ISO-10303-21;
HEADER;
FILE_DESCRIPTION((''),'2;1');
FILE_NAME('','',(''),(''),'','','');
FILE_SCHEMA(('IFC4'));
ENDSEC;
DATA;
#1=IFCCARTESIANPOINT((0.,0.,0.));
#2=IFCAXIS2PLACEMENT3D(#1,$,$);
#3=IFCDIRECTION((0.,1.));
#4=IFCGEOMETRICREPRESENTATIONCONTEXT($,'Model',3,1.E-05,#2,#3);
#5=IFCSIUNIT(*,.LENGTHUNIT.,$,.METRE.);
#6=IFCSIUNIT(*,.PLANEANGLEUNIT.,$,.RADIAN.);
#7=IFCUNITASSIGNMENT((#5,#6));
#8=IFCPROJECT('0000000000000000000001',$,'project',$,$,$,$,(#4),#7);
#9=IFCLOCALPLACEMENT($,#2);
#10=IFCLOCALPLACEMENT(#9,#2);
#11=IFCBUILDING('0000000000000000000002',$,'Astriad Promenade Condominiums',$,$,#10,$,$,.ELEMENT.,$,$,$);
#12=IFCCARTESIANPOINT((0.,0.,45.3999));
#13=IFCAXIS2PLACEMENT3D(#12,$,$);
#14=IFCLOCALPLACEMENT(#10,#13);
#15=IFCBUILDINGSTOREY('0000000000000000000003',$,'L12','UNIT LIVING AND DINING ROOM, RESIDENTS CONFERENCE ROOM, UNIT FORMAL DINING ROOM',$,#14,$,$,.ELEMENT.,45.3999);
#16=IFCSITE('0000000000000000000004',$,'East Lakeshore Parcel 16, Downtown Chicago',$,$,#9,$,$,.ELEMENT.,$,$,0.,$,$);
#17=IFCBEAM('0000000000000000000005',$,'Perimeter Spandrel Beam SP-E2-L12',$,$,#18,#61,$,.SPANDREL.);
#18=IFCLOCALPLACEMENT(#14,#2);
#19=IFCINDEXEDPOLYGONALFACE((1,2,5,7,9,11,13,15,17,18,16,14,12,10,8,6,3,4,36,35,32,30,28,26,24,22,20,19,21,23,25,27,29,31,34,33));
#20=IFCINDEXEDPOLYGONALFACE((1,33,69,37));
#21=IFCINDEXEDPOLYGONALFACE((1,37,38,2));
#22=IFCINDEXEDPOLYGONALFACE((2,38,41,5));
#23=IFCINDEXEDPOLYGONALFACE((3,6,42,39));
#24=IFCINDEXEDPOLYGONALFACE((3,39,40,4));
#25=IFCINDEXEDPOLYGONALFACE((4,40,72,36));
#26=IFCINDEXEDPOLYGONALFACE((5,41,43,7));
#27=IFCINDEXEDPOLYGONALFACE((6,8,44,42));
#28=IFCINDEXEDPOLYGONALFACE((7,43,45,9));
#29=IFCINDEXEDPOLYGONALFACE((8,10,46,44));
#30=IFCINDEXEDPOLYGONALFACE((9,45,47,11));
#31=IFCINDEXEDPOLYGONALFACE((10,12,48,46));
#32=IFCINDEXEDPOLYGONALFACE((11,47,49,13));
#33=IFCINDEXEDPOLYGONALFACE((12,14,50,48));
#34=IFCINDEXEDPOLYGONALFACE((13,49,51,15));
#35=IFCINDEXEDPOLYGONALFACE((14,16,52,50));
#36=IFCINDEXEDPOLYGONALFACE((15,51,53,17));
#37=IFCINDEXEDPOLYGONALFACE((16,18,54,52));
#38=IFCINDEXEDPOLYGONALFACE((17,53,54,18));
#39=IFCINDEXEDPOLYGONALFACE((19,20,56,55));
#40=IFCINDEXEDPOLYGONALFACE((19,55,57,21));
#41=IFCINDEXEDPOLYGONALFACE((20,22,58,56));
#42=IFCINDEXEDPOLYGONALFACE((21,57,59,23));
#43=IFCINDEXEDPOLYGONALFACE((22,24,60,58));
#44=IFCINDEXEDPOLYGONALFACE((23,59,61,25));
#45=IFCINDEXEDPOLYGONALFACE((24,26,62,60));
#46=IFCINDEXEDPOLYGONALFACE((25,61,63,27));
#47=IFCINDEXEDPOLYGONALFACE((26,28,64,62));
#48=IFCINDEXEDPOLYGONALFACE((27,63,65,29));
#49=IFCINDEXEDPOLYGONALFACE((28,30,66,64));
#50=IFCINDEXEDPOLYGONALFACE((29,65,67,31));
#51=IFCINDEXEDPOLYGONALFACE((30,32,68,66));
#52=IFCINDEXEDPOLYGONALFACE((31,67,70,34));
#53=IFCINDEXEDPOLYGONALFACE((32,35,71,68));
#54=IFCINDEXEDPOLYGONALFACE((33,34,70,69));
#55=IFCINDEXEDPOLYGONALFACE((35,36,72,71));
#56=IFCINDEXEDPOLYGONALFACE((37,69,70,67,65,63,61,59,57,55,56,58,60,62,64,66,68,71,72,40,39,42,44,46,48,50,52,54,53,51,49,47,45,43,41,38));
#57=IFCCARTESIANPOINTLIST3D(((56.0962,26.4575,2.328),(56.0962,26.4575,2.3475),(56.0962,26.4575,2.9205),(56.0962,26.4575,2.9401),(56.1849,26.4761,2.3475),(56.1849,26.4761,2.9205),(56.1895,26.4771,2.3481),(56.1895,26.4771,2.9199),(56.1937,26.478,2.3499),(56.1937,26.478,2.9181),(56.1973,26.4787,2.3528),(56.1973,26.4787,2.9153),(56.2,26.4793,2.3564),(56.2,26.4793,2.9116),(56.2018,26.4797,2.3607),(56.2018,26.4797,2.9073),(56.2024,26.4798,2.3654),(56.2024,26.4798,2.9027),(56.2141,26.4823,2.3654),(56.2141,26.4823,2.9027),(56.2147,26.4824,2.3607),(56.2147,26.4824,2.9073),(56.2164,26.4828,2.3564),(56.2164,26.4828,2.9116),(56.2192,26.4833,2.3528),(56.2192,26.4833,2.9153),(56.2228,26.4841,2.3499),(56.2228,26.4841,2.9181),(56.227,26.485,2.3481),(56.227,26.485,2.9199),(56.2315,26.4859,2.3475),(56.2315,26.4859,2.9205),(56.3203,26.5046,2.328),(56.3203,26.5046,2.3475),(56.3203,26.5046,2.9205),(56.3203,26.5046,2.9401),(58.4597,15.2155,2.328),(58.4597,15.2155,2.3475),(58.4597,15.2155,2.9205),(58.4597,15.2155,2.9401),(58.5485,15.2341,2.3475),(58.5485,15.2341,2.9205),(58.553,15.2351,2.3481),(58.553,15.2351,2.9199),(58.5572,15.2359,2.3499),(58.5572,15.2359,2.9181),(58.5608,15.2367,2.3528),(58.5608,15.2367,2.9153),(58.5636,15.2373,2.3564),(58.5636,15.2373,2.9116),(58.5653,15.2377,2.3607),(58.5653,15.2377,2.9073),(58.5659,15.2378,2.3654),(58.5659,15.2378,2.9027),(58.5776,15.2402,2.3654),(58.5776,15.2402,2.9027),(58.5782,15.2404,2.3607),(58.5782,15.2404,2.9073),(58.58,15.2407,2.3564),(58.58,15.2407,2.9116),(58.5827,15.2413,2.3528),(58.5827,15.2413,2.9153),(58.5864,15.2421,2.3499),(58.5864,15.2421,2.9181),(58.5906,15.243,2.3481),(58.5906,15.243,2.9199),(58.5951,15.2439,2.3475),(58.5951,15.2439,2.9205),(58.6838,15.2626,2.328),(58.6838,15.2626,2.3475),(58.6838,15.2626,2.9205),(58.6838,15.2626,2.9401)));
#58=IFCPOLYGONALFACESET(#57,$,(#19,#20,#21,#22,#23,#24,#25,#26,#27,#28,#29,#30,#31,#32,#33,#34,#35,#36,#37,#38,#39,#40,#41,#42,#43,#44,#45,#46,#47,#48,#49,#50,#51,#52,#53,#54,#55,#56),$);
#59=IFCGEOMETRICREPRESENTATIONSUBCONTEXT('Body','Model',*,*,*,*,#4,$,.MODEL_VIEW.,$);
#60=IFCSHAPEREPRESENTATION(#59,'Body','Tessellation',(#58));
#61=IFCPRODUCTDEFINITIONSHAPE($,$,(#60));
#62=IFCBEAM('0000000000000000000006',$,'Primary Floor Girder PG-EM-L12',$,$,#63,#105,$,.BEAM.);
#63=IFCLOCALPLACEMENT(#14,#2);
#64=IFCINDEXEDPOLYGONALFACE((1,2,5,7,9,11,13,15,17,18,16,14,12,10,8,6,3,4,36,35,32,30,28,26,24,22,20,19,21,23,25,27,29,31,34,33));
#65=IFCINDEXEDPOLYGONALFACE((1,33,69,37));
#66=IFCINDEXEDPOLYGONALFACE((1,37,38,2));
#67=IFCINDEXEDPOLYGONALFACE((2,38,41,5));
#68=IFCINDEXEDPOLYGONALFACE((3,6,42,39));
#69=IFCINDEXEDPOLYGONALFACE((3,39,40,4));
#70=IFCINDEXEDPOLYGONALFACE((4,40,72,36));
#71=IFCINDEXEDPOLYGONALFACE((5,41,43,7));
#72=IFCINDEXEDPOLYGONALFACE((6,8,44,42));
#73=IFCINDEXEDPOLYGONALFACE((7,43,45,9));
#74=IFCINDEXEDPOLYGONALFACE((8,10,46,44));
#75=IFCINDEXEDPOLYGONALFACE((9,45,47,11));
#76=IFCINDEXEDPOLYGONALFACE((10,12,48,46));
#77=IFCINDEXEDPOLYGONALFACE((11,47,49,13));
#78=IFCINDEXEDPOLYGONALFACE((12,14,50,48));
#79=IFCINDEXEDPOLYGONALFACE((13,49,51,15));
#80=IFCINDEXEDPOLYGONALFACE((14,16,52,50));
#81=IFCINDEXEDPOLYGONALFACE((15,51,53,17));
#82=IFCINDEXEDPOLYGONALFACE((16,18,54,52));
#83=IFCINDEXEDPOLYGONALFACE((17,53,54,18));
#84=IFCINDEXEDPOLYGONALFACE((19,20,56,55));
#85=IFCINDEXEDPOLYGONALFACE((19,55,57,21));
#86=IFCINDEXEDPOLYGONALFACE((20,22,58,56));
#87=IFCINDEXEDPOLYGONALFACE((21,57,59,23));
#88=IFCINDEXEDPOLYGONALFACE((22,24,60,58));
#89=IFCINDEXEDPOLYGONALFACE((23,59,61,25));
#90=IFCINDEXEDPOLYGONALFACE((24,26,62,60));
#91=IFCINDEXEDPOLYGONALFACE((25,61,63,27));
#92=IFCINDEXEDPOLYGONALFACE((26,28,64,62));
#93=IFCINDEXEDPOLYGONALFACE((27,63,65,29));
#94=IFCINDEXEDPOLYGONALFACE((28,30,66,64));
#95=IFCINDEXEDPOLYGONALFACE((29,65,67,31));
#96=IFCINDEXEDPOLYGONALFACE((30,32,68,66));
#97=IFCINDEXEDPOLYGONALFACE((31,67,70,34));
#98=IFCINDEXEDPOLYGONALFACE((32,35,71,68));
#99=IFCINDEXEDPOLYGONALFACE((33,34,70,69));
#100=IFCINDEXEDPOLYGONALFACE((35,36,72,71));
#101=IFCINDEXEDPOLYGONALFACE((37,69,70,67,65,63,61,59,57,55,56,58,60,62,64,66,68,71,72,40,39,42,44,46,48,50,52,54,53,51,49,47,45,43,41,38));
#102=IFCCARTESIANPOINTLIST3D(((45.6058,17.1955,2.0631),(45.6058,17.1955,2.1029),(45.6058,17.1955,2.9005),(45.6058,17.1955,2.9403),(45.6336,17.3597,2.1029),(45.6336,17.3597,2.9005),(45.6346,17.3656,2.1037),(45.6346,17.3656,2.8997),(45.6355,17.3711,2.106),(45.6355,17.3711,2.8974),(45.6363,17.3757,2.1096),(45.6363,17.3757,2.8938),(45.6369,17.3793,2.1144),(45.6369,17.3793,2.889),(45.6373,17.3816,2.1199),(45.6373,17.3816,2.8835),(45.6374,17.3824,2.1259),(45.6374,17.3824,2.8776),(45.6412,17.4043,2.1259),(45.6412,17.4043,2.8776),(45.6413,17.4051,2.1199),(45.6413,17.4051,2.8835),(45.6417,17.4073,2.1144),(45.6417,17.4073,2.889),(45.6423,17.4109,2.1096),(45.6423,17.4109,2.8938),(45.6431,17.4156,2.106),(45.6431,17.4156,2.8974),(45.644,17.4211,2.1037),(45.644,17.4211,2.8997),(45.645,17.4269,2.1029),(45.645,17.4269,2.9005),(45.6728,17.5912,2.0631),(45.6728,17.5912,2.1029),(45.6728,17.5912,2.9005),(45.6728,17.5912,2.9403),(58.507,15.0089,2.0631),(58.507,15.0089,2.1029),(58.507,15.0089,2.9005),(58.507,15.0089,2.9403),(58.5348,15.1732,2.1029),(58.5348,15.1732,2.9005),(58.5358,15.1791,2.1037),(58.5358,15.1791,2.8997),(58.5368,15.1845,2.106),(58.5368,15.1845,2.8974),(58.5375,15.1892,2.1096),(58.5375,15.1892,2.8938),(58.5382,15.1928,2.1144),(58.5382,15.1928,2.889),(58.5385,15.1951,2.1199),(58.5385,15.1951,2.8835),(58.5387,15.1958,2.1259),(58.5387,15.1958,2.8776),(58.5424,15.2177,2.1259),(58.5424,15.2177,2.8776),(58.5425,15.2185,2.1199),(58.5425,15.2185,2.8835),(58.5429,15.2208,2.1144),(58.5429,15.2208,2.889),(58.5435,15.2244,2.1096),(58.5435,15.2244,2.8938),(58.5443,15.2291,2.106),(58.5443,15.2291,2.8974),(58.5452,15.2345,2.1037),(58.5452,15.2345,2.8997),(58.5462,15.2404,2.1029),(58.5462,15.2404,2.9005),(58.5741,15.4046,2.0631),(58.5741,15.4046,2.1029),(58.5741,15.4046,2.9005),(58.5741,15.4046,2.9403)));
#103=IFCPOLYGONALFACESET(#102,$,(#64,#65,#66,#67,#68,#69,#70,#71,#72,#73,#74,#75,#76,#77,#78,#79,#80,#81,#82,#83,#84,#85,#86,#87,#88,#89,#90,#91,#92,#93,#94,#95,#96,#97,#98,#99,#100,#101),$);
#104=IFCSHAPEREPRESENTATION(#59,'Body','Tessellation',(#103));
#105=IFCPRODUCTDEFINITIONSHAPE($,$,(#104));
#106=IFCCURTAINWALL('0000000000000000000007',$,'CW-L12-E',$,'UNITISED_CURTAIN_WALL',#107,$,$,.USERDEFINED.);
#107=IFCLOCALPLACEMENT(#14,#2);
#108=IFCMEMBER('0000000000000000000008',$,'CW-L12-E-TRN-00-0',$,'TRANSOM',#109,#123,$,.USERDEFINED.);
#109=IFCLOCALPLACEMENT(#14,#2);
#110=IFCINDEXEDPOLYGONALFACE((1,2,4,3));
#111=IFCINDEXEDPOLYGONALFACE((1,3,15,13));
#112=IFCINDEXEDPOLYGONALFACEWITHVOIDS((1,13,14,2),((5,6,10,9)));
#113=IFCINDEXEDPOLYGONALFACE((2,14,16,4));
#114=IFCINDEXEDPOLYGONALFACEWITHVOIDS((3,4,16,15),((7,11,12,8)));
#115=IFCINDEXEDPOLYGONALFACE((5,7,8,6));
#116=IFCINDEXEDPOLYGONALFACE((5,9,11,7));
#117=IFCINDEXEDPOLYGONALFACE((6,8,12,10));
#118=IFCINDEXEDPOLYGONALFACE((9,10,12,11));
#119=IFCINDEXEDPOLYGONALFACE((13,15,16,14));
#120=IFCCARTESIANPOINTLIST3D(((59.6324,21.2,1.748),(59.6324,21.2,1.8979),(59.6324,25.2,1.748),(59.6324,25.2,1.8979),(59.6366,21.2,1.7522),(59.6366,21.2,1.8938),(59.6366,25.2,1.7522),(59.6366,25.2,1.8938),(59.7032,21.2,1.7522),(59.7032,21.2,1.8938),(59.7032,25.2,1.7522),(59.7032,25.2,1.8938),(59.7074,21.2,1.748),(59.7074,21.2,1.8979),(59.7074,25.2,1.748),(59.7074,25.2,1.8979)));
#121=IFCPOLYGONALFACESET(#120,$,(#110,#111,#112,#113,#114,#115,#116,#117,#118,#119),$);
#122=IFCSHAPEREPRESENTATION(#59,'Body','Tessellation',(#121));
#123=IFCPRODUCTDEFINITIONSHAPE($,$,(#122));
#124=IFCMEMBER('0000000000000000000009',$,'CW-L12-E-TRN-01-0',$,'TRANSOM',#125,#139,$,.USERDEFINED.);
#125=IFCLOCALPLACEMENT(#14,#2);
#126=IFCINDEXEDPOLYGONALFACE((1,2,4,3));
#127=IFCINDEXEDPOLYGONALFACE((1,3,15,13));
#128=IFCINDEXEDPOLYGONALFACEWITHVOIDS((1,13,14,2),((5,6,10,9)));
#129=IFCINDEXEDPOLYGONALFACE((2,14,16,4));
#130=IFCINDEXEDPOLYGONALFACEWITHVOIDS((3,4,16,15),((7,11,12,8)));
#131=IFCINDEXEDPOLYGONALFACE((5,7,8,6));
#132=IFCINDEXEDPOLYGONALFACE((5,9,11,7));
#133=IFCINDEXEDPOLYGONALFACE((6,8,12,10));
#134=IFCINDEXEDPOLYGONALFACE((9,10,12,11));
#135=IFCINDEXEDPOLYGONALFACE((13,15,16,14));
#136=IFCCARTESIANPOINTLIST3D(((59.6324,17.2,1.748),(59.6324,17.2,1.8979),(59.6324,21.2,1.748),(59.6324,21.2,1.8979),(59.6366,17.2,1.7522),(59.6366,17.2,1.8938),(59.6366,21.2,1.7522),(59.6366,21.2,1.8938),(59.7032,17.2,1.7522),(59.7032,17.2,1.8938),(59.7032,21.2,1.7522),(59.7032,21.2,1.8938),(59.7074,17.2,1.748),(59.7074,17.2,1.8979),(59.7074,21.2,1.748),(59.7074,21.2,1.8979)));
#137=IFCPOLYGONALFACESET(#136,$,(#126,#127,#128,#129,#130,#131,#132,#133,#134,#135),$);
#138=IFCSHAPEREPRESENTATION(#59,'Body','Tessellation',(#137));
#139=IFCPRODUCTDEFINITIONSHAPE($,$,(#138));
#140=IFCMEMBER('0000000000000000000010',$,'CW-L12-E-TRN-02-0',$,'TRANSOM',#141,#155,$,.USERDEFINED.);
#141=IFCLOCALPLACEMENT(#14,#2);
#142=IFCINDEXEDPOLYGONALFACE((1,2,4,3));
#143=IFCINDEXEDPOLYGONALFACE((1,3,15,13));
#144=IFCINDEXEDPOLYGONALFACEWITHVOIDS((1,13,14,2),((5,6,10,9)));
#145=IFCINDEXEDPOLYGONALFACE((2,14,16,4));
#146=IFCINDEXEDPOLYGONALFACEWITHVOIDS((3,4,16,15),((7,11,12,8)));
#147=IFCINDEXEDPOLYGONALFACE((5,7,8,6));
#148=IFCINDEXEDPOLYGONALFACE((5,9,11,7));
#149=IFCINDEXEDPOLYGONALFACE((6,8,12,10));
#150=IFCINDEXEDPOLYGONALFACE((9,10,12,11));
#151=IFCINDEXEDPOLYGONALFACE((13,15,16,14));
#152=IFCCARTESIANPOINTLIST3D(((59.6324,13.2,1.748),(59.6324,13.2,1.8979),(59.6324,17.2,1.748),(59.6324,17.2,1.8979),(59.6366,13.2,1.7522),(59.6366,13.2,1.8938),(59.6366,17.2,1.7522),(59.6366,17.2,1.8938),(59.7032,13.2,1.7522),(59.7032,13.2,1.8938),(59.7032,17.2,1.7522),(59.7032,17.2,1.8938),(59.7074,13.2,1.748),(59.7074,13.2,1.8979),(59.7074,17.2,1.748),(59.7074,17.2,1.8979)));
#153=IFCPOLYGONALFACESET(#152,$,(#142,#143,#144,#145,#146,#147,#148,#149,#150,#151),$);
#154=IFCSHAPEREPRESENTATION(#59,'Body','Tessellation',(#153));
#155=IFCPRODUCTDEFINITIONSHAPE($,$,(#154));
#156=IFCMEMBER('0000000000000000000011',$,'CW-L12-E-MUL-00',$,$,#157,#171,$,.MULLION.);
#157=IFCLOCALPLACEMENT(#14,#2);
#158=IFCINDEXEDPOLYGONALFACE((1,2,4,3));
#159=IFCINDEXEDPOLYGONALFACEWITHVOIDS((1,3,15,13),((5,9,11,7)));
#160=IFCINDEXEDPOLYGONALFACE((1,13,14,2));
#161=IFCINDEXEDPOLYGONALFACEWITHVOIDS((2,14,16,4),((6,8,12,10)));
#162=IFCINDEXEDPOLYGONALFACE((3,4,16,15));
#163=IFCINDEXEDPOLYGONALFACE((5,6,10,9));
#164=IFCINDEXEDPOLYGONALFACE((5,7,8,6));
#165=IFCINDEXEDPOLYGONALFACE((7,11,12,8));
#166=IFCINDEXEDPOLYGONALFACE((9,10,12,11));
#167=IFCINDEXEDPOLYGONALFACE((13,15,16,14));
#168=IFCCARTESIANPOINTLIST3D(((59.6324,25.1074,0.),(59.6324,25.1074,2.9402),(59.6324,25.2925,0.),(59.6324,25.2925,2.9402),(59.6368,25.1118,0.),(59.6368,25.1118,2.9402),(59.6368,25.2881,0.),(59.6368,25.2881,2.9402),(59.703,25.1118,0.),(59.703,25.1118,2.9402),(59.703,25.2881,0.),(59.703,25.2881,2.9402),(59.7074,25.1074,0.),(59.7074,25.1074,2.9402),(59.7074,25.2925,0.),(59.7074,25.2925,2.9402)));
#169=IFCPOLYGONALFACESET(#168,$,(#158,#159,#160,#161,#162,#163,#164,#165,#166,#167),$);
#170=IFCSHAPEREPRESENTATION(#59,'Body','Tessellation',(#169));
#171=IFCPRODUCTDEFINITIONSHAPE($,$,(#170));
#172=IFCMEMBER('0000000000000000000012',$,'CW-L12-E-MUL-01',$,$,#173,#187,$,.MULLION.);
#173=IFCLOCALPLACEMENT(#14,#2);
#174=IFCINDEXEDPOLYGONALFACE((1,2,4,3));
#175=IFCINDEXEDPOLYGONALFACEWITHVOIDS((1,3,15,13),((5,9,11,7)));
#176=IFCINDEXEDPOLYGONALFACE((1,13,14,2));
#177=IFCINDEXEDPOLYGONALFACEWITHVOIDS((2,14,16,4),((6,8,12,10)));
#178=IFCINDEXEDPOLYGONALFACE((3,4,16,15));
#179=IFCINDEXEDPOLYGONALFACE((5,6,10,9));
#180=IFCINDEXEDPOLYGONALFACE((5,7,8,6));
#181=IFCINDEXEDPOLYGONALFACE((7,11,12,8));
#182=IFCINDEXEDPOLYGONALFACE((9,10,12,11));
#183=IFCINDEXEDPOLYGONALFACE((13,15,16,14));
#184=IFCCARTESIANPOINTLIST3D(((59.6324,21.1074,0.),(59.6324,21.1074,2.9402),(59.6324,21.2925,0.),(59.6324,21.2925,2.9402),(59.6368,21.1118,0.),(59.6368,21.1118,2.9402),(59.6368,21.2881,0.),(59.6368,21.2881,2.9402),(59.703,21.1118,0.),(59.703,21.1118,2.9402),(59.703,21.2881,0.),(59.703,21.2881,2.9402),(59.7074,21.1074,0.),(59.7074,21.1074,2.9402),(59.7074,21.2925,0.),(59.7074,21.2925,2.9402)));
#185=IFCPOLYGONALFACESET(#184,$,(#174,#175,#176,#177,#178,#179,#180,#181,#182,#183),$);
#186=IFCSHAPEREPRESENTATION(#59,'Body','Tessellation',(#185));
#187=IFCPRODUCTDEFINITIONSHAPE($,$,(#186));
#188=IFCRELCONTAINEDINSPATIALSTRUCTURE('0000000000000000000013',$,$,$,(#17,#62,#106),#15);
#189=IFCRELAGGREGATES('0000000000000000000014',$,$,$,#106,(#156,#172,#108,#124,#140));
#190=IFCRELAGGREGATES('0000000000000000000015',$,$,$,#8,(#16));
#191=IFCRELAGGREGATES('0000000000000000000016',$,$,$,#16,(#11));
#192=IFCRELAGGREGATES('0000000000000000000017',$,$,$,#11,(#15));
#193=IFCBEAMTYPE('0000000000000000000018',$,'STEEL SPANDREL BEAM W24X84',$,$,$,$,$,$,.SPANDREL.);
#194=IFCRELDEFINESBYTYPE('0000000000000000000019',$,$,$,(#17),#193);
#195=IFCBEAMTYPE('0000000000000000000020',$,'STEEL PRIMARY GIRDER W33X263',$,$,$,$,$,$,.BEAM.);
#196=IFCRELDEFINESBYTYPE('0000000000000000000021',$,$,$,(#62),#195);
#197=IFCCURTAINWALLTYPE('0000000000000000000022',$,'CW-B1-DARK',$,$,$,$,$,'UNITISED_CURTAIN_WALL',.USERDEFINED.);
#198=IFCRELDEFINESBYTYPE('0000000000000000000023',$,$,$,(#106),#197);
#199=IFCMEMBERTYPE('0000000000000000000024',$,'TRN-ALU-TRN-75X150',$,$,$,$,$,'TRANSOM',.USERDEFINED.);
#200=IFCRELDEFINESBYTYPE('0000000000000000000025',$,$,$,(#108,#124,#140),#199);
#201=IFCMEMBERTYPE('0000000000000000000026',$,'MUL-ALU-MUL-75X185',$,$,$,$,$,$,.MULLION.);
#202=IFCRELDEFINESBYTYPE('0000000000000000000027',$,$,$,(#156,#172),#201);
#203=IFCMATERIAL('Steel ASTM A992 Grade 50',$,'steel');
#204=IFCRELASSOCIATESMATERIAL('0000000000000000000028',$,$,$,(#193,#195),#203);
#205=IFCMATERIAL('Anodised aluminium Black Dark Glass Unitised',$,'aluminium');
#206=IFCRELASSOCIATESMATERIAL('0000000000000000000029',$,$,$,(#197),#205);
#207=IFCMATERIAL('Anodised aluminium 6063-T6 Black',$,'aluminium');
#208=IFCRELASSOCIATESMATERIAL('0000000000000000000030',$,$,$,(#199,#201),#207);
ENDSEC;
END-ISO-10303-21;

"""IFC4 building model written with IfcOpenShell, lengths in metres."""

from ifc_helpers import new_model, si_unit, direction, frame, origin, origin_2d, place, context, subcontext, project, spatial, hollow_rectangle, i_section, extrude, source, transform, mapped, material, material_profile, profile_set, type_object, type_shapes, element, aggregate, save


model = new_model("IFC4")

# Units and contexts
model_context = context("Model", 3, precision=1e-05, world=origin(), true_north=direction((0.0, 1.0)))
body_context = subcontext(model_context, "Body", "Model", "MODEL_VIEW")
ifc_project = project(units=[si_unit("LENGTHUNIT", "METRE"), si_unit("PLANEANGLEUNIT", "RADIAN")], contexts=[model_context])

# Site, building, storey
site_placement = place(None, origin())
site = spatial("IfcSite", under=ifc_project, at=site_placement, Name="East Lakeshore Parcel 16, Downtown Chicago", CompositionType="ELEMENT", RefElevation=0.0)
building_placement = place(site_placement, origin())
building = spatial("IfcBuilding", under=site, at=building_placement, Name="Astriad Promenade Condominiums", CompositionType="ELEMENT")
storey_placement = place(building_placement, frame((0.0, 0.0, 45.3999)))
storey = spatial("IfcBuildingStorey", under=building, at=storey_placement, Name="L12", Description="UNIT LIVING AND DINING ROOM, RESIDENTS CONFERENCE ROOM, UNIT FORMAL DINING ROOM", CompositionType="ELEMENT", Elevation=45.3999)

# Beams
ifc_material_1 = material(Name="Steel ASTM A992 Grade 50", Category="steel")
ifc_material_profile_1 = material_profile(ifc_material_1, i_section(OverallWidth=0.229, OverallDepth=0.6121, WebThickness=0.012, FlangeThickness=0.0195, FilletRadius=0.0178, at=origin_2d()), Name="W24X84")
ifc_profile_set_1 = profile_set([ifc_material_profile_1], Name="Steel ASTM A992 Grade 50")
beam_type_1 = type_object("IfcBeamType", Name="STEEL SPANDREL BEAM W24X84", PredefinedType="SPANDREL", material=ifc_profile_set_1)
shared_shape_1 = source(origin(), body_context, "Body", "SweptSolid", [
    extrude(i_section(OverallWidth=0.229, OverallDepth=0.6121, WebThickness=0.012, FlangeThickness=0.0195, FilletRadius=0.0178, at=origin_2d()), origin(), (0.0, 0.0, 1.0), 11.4878),
])
type_shapes(beam_type_1, [shared_shape_1])
beam_1_placement = place(storey_placement, frame((58.5718, 15.239, 2.634), z_axis=(-0.205744, 0.978606, 0.0), x_axis=(-0.978606, -0.205744, 0.0)))
element("IfcBeam", 1, at=beam_1_placement, inside=storey, type_object=beam_type_1, Name="Perimeter Spandrel Beam SP-E2-L12", PredefinedType="SPANDREL", context=body_context, shape_type="MappedRepresentation", body=[
    mapped(shared_shape_1, transform((0.0, 0.0, 0.0), scale=1.0)),
])
ifc_material_profile_2 = material_profile(ifc_material_1, i_section(OverallWidth=0.4014, OverallDepth=0.8772, WebThickness=0.0222, FlangeThickness=0.0398, FilletRadius=0.0229, at=origin_2d()), Name="W33X263")
ifc_profile_set_2 = profile_set([ifc_material_profile_2], Name="Steel ASTM A992 Grade 50")
beam_type_2 = type_object("IfcBeamType", Name="STEEL PRIMARY GIRDER W33X263", PredefinedType="BEAM", material=ifc_profile_set_2)
shared_shape_2 = source(origin(), body_context, "Body", "SweptSolid", [
    extrude(i_section(OverallWidth=0.4014, OverallDepth=0.8772, WebThickness=0.0222, FlangeThickness=0.0398, FilletRadius=0.0229, at=origin_2d()), origin(), (0.0, 0.0, 1.0), 13.0852),
])
type_shapes(beam_type_2, [shared_shape_2])
beam_2_placement = place(storey_placement, frame((58.5405, 15.2068, 2.5017), z_axis=(-0.98594, 0.1671, 0.0), x_axis=(-0.1671, -0.98594, 0.0)))
element("IfcBeam", 2, at=beam_2_placement, inside=storey, type_object=beam_type_2, Name="Primary Floor Girder PG-EM-L12", PredefinedType="BEAM", context=body_context, shape_type="MappedRepresentation", body=[
    mapped(shared_shape_2, transform((0.0, 0.0, 0.0), scale=1.0)),
])

# Curtain wall, members
ifc_material_2 = material(Name="Anodised aluminium Black Dark Glass Unitised", Category="aluminium")
curtain_wall_type = type_object("IfcCurtainWallType", Name="CW-B1-DARK", ElementType="UNITISED_CURTAIN_WALL", PredefinedType="USERDEFINED", material=ifc_material_2)
curtain_wall_placement = place(storey_placement, origin())
curtain_wall = element("IfcCurtainWall", 3, at=curtain_wall_placement, inside=storey, type_object=curtain_wall_type, Name="CW-L12-E", ObjectType="UNITISED_CURTAIN_WALL", PredefinedType="USERDEFINED")
ifc_material_3 = material(Name="Anodised aluminium 6063-T6 Black", Category="aluminium")
ifc_material_profile_3 = material_profile(ifc_material_3, hollow_rectangle(XDim=0.075, YDim=0.1499, WallThickness=0.0042, at=origin_2d()), Name="ALU-TRN-75X150")
ifc_profile_set_3 = profile_set([ifc_material_profile_3], Name="Anodised aluminium 6063-T6 Black")
member_type_1 = type_object("IfcMemberType", Name="TRN-ALU-TRN-75X150", ElementType="TRANSOM", PredefinedType="USERDEFINED", material=ifc_profile_set_3)
shared_shape_3 = source(origin(), body_context, "Body", "SweptSolid", [
    extrude(hollow_rectangle(XDim=0.075, YDim=0.1499, WallThickness=0.0042, at=origin_2d()), origin(), (0.0, 0.0, 1.0), 4.0),
])
type_shapes(member_type_1, [shared_shape_3])
member_1_placement = place(storey_placement, frame((59.6699, 25.2, 1.823), z_axis=(0.0, -1.0, 0.0), x_axis=(1.0, 0.0, 0.0)))
member_1 = element("IfcMember", 4, at=member_1_placement, type_object=member_type_1, Name="CW-L12-E-TRN-00-0", ObjectType="TRANSOM", PredefinedType="USERDEFINED", context=body_context, shape_type="MappedRepresentation", body=[
    mapped(shared_shape_3, transform((0.0, 0.0, 0.0), scale=1.0)),
])
member_2_placement = place(storey_placement, frame((59.6699, 21.2, 1.823), z_axis=(0.0, -1.0, 0.0), x_axis=(1.0, 0.0, 0.0)))
member_2 = element("IfcMember", 5, at=member_2_placement, type_object=member_type_1, Name="CW-L12-E-TRN-01-0", ObjectType="TRANSOM", PredefinedType="USERDEFINED", context=body_context, shape_type="MappedRepresentation", body=[
    mapped(shared_shape_3, transform((0.0, 0.0, 0.0), scale=1.0)),
])
member_3_placement = place(storey_placement, frame((59.6699, 17.2, 1.823), z_axis=(0.0, -1.0, 0.0), x_axis=(1.0, 0.0, 0.0)))
member_3 = element("IfcMember", 6, at=member_3_placement, type_object=member_type_1, Name="CW-L12-E-TRN-02-0", ObjectType="TRANSOM", PredefinedType="USERDEFINED", context=body_context, shape_type="MappedRepresentation", body=[
    mapped(shared_shape_3, transform((0.0, 0.0, 0.0), scale=1.0)),
])
ifc_material_profile_4 = material_profile(ifc_material_3, hollow_rectangle(XDim=0.075, YDim=0.1851, WallThickness=0.0044, at=origin_2d()), Name="ALU-MUL-75X185")
ifc_profile_set_4 = profile_set([ifc_material_profile_4], Name="Anodised aluminium 6063-T6 Black")
member_type_2 = type_object("IfcMemberType", Name="MUL-ALU-MUL-75X185", PredefinedType="MULLION", material=ifc_profile_set_4)
shared_shape_4 = source(origin(), body_context, "Body", "SweptSolid", [
    extrude(hollow_rectangle(XDim=0.075, YDim=0.1851, WallThickness=0.0044, at=origin_2d()), origin(), (0.0, 0.0, 1.0), 2.9402),
])
type_shapes(member_type_2, [shared_shape_4])
member_4_placement = place(storey_placement, frame((59.6699, 25.2, 0.0), z_axis=(0.0, 0.0, 1.0), x_axis=(1.0, 0.0, 0.0)))
member_4 = element("IfcMember", 7, at=member_4_placement, type_object=member_type_2, Name="CW-L12-E-MUL-00", PredefinedType="MULLION", context=body_context, shape_type="MappedRepresentation", body=[
    mapped(shared_shape_4, transform((0.0, 0.0, 0.0), scale=1.0)),
])
member_5_placement = place(storey_placement, frame((59.6699, 21.2, 0.0), z_axis=(0.0, 0.0, 1.0), x_axis=(1.0, 0.0, 0.0)))
member_5 = element("IfcMember", 8, at=member_5_placement, type_object=member_type_2, Name="CW-L12-E-MUL-01", PredefinedType="MULLION", context=body_context, shape_type="MappedRepresentation", body=[
    mapped(shared_shape_4, transform((0.0, 0.0, 0.0), scale=1.0)),
])
aggregate(curtain_wall, [member_4, member_5, member_1, member_2, member_3])

save(model, "model.ifc")
